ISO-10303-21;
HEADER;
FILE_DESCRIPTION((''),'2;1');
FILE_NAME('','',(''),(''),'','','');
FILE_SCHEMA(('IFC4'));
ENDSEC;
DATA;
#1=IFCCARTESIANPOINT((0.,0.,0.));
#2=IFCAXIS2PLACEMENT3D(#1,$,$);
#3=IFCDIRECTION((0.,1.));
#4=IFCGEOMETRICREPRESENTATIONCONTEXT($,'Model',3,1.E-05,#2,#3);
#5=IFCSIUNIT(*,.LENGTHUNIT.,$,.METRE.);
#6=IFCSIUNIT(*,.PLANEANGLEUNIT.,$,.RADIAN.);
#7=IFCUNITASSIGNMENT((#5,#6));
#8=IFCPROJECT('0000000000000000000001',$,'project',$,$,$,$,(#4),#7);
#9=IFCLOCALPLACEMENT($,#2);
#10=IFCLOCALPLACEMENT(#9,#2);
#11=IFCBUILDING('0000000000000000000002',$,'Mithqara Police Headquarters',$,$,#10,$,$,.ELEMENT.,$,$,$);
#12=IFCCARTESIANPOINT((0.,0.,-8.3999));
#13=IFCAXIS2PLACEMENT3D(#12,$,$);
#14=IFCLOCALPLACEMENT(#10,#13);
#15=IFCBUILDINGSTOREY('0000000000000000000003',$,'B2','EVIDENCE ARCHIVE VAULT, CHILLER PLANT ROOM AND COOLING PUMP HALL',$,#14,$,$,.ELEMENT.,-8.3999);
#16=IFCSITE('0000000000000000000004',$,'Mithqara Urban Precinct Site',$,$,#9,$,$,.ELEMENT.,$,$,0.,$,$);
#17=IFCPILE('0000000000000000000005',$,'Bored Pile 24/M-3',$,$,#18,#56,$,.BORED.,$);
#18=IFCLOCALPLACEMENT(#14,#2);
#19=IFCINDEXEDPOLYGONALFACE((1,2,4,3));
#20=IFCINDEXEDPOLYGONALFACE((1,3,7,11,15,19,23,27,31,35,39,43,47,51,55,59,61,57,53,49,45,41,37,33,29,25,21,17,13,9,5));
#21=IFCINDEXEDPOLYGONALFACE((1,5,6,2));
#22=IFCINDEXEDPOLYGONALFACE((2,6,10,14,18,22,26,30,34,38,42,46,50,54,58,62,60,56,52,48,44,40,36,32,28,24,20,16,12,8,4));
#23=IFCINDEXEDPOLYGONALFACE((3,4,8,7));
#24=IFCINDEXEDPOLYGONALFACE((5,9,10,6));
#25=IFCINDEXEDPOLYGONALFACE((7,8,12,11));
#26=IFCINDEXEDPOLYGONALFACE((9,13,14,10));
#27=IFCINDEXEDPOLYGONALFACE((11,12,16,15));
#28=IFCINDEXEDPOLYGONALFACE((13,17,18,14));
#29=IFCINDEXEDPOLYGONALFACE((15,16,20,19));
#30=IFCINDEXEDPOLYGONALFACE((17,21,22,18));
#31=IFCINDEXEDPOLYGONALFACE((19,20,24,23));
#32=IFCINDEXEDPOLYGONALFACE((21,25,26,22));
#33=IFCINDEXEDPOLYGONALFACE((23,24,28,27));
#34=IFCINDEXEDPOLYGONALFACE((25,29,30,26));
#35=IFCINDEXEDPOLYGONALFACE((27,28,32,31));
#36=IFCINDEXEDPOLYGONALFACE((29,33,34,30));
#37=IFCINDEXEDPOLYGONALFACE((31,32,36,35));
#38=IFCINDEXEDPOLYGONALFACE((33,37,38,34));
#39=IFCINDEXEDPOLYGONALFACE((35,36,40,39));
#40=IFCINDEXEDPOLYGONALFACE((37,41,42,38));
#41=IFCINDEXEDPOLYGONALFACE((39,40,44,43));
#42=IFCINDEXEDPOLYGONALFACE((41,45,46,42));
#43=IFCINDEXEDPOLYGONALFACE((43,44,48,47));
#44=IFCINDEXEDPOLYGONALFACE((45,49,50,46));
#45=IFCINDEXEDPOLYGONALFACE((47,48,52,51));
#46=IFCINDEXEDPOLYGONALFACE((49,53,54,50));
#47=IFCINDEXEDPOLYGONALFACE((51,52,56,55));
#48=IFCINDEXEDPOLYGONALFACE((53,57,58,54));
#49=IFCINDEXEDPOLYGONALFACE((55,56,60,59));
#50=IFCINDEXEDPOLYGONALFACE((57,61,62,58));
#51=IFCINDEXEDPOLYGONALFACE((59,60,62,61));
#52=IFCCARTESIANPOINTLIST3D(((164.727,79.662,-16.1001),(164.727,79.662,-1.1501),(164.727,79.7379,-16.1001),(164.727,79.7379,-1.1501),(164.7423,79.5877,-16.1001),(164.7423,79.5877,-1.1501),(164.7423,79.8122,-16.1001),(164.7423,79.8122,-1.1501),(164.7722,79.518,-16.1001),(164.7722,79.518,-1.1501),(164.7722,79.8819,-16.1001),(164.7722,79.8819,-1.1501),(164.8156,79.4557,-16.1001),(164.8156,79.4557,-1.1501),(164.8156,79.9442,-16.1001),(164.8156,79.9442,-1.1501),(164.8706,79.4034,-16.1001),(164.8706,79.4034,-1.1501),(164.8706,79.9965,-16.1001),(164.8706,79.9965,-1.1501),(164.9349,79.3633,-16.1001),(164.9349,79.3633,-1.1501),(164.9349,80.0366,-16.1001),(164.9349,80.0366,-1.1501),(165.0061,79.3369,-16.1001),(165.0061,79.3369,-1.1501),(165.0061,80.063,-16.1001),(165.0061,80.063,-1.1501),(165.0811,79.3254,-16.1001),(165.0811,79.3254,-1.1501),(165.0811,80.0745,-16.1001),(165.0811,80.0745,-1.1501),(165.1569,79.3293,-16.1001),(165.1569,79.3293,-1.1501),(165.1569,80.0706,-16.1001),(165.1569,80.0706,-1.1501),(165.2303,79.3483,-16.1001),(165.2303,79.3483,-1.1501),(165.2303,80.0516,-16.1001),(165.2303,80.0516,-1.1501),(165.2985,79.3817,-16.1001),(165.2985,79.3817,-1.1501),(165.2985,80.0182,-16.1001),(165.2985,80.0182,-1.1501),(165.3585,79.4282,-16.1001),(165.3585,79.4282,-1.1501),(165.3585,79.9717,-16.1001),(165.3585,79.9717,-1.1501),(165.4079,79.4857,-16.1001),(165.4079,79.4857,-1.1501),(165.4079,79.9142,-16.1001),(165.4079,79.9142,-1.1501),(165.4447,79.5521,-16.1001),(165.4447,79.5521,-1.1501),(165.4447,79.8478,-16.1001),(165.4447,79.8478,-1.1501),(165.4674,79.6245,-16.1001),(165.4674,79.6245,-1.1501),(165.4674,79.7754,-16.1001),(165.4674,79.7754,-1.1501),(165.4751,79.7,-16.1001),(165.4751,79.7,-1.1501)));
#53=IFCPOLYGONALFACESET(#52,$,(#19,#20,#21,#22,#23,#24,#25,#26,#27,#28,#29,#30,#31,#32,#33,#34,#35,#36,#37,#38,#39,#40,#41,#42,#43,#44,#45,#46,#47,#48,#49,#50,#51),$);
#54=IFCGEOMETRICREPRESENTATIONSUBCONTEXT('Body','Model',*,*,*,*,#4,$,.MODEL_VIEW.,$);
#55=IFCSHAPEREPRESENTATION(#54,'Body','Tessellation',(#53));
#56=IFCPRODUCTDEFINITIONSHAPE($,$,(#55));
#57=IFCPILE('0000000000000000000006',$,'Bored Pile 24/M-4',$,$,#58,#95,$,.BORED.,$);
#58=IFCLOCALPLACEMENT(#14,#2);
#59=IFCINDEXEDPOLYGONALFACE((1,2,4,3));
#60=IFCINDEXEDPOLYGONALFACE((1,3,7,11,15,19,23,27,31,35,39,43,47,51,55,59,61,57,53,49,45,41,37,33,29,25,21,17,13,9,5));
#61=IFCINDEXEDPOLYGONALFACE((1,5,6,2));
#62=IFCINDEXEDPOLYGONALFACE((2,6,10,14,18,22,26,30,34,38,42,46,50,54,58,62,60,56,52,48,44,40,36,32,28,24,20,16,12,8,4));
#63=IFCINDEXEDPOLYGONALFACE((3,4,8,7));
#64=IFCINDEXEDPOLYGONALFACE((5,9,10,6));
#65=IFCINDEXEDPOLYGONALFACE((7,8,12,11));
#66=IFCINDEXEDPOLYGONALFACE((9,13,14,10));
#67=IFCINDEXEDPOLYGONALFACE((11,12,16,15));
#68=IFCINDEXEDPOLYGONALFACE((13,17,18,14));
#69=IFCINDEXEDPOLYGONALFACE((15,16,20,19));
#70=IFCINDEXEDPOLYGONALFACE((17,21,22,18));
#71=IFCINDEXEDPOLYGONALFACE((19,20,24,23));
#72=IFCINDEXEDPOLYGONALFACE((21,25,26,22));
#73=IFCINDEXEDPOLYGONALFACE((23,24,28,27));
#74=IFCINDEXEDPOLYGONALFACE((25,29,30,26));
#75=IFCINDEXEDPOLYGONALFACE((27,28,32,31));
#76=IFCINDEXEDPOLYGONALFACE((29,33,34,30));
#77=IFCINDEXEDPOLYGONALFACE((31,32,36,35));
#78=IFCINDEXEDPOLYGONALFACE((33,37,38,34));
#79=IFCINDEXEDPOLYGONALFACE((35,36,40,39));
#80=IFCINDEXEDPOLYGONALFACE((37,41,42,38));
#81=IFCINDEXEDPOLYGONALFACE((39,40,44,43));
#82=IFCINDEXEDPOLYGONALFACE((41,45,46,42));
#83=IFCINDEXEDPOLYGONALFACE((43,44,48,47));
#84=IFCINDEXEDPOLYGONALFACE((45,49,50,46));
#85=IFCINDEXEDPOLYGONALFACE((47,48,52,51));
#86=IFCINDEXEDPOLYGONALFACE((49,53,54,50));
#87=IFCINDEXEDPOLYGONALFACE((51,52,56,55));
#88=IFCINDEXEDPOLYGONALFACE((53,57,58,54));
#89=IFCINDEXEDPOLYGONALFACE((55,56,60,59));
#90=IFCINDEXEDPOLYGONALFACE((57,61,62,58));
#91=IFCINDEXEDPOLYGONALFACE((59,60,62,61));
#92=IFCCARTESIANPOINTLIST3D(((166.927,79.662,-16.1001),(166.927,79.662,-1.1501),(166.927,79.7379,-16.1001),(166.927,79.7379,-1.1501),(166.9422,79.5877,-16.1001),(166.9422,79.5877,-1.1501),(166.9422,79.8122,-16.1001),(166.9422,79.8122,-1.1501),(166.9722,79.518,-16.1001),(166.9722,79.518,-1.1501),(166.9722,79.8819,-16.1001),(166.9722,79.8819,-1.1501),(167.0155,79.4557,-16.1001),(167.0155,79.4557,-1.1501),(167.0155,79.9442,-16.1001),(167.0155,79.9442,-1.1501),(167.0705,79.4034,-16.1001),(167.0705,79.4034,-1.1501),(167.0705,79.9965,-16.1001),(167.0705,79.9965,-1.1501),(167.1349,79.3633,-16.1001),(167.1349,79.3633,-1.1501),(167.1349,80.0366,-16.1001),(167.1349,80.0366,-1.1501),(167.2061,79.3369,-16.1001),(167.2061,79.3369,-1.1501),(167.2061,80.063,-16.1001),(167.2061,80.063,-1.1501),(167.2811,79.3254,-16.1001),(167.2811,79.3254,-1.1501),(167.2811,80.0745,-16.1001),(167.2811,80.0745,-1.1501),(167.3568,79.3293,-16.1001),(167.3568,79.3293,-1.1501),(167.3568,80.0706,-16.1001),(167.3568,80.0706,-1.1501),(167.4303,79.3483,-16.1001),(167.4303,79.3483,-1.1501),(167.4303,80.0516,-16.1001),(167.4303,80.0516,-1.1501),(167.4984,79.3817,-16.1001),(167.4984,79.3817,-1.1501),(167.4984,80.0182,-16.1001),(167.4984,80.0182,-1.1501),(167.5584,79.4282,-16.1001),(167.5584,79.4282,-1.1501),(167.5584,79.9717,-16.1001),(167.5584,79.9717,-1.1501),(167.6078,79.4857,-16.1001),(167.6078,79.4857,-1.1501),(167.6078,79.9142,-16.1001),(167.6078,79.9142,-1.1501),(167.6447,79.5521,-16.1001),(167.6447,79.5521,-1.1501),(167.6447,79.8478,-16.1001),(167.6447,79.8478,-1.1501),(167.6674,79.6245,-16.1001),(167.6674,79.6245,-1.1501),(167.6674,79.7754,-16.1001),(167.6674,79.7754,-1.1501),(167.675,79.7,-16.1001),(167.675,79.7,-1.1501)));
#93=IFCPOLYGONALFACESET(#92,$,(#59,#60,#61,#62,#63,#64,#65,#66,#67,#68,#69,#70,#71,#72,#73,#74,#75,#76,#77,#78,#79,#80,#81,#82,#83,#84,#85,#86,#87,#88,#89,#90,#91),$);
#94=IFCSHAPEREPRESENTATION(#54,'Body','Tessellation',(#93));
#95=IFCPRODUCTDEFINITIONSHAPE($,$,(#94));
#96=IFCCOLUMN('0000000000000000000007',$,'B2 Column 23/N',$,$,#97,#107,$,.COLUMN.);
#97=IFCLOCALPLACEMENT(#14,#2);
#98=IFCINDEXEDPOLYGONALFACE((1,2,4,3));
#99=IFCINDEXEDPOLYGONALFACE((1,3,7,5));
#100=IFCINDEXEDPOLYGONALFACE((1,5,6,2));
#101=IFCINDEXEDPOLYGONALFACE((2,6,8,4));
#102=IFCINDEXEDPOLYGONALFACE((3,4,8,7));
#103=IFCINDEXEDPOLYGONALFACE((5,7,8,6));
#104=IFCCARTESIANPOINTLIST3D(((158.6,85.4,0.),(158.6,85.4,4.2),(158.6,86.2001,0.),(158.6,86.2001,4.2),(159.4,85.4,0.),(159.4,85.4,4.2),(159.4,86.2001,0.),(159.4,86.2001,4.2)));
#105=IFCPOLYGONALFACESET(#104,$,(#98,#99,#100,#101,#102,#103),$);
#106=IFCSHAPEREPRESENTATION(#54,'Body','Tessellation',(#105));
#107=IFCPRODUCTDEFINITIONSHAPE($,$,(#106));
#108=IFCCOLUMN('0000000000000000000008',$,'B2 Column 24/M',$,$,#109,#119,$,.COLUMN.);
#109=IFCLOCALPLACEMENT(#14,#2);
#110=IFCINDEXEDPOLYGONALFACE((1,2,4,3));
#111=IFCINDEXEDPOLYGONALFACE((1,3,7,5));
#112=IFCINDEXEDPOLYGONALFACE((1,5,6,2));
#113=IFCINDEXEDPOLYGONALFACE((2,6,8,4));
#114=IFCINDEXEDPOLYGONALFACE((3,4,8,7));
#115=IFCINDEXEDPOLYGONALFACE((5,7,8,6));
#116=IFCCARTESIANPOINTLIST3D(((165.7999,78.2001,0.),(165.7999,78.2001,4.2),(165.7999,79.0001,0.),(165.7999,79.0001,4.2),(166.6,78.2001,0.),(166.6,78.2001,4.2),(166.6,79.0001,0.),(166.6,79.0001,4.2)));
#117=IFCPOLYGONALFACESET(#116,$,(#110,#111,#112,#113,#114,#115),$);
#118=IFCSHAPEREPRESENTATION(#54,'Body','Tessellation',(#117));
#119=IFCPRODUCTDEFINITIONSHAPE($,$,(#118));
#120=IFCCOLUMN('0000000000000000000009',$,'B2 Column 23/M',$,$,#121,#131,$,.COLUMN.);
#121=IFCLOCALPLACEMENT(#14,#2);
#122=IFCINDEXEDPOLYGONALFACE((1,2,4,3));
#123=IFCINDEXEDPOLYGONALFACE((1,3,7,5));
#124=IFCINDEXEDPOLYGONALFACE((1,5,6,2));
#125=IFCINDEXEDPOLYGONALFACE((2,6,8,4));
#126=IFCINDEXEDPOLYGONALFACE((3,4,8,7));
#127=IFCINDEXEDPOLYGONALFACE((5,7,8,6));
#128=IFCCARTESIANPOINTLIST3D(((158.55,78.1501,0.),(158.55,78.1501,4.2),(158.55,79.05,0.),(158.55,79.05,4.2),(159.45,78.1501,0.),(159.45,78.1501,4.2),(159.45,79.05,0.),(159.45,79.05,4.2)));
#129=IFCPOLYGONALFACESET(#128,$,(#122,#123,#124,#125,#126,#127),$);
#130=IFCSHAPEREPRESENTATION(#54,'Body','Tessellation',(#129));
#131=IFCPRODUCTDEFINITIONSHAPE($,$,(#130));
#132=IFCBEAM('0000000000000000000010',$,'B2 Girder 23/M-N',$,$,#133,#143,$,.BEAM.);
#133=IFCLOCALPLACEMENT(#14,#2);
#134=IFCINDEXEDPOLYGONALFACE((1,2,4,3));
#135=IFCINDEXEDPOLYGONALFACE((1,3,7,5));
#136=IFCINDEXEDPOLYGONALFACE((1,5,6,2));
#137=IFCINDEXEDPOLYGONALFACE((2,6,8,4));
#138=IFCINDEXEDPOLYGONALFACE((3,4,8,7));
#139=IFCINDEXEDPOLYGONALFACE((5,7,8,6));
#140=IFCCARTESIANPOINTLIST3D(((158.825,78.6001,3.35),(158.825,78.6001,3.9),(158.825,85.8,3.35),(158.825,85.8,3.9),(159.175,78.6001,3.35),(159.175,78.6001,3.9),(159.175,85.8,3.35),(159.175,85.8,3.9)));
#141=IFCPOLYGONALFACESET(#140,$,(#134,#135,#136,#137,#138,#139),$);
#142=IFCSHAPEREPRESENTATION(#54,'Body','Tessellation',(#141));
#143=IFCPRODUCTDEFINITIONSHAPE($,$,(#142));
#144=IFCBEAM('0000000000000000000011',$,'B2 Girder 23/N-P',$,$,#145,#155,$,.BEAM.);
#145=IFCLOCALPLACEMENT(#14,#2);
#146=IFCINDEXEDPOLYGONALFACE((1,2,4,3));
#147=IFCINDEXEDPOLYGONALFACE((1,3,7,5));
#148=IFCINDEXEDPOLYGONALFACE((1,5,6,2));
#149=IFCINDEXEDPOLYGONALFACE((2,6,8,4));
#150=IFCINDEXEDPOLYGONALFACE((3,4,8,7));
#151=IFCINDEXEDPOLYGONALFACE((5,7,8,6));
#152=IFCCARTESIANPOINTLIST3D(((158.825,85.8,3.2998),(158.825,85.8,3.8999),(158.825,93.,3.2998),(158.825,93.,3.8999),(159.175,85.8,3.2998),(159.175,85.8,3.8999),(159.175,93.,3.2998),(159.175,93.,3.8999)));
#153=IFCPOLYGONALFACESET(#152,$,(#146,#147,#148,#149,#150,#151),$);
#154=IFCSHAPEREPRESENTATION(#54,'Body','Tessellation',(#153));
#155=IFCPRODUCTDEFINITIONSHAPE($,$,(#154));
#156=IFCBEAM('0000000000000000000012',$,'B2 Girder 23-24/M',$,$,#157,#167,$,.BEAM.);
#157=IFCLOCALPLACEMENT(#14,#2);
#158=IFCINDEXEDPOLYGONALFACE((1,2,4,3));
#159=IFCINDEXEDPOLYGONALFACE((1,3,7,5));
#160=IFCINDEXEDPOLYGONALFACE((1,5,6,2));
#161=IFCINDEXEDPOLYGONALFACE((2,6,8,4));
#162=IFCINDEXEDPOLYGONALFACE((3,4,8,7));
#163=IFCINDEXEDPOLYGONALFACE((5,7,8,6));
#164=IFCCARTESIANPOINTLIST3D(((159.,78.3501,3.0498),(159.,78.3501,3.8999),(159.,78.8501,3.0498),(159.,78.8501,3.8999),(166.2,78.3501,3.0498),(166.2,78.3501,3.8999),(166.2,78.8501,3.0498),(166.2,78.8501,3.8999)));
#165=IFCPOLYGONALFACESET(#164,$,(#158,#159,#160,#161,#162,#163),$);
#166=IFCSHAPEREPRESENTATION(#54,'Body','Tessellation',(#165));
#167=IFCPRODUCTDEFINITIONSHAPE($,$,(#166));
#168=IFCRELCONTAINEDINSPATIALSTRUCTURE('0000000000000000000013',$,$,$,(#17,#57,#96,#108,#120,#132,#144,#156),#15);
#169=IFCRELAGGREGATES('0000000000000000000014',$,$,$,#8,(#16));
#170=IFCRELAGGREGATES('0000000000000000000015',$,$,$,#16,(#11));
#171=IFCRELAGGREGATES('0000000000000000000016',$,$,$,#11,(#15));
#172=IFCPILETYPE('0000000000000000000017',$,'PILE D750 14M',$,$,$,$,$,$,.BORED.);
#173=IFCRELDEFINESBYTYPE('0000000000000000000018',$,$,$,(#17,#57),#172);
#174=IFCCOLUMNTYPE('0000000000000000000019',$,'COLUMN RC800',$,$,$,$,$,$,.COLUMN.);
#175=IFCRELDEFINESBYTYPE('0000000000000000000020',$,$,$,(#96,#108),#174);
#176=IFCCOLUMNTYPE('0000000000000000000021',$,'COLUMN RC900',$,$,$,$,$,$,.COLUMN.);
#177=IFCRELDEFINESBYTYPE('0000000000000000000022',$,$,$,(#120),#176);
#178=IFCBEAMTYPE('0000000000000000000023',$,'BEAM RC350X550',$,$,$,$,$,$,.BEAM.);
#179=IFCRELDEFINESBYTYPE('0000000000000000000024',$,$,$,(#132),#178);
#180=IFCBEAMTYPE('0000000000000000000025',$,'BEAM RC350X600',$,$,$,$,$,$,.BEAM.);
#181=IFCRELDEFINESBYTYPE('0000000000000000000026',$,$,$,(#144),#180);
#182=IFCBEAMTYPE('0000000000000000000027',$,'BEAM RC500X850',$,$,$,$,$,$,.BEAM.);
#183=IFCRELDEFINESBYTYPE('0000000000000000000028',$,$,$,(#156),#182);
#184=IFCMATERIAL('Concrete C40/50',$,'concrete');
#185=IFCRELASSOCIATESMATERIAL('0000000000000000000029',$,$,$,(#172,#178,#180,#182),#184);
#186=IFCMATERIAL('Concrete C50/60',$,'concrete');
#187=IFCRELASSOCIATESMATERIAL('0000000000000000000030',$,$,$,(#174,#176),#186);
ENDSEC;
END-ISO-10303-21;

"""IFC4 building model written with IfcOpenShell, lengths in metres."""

from ifc_helpers import new_model, si_unit, direction, frame, origin, origin_2d, place, context, subcontext, project, spatial, rectangle, circle, extrude, material, material_profile, profile_set, type_object, element, save


model = new_model("IFC4")

# Units and contexts
model_context = context("Model", 3, precision=1e-05, world=origin(), true_north=direction((0.0, 1.0)))
body_context = subcontext(model_context, "Body", "Model", "MODEL_VIEW")
ifc_project = project(units=[si_unit("LENGTHUNIT", "METRE"), si_unit("PLANEANGLEUNIT", "RADIAN")], contexts=[model_context])

# Site, building, storey
site_placement = place(None, origin())
site = spatial("IfcSite", under=ifc_project, at=site_placement, Name="Mithqara Urban Precinct Site", CompositionType="ELEMENT", RefElevation=0.0)
building_placement = place(site_placement, origin())
building = spatial("IfcBuilding", under=site, at=building_placement, Name="Mithqara Police Headquarters", CompositionType="ELEMENT")
storey_placement = place(building_placement, frame((0.0, 0.0, -8.3999)))
storey = spatial("IfcBuildingStorey", under=building, at=storey_placement, Name="B2", Description="EVIDENCE ARCHIVE VAULT, CHILLER PLANT ROOM AND COOLING PUMP HALL", CompositionType="ELEMENT", Elevation=-8.3999)

# Shared definitions
ifc_material_1 = material(Name="Concrete C40/50", Category="concrete")

# Piles
ifc_material_profile_1 = material_profile(ifc_material_1, circle(Radius=0.375, at=origin_2d()), Name="PILE D750")
ifc_profile_set_1 = profile_set([ifc_material_profile_1], Name="Concrete C40/50")
pile_type_1 = type_object("IfcPileType", Name="PILE D750 14M", PredefinedType="BORED", material=ifc_profile_set_1)
for number, where, z_axis, x_axis, name in (
    (1, (165.1001, 79.7, -1.1501), (0.0, 0.0, -1.0), (1.0, 0.0, 0.0), "Bored Pile 24/M-3"),
    (2, (167.3, 79.7, -1.1501), (0.0, 0.0, -1.0), (1.0, 0.0, 0.0), "Bored Pile 24/M-4"),
):
    element("IfcPile", number, at=place(storey_placement, frame(where, z_axis=z_axis, x_axis=x_axis)), inside=storey, type_object=pile_type_1, Name=name, PredefinedType="BORED", context=body_context, shape_type="SweptSolid", body=[
        extrude(circle(Radius=0.375, at=origin_2d()), origin(), (0.0, 0.0, 1.0), 14.95),
    ])

# Columns
ifc_material_2 = material(Name="Concrete C50/60", Category="concrete")
ifc_material_profile_2 = material_profile(ifc_material_2, rectangle(XDim=0.8, YDim=0.8, at=origin_2d()), Name="RC 800x800")
ifc_profile_set_2 = profile_set([ifc_material_profile_2], Name="Concrete C50/60")
column_type_1 = type_object("IfcColumnType", Name="COLUMN RC800", PredefinedType="COLUMN", material=ifc_profile_set_2)
for number, where, z_axis, x_axis, name in (
    (3, (159.0, 85.8, 0.0), (0.0, 0.0, 1.0), (1.0, 0.0, 0.0), "B2 Column 23/N"),
    (4, (166.2, 78.6001, 0.0), (0.0, 0.0, 1.0), (1.0, 0.0, 0.0), "B2 Column 24/M"),
):
    element("IfcColumn", number, at=place(storey_placement, frame(where, z_axis=z_axis, x_axis=x_axis)), inside=storey, type_object=column_type_1, Name=name, PredefinedType="COLUMN", context=body_context, shape_type="SweptSolid", body=[
        extrude(rectangle(XDim=0.8, YDim=0.8, at=origin_2d()), origin(), (0.0, 0.0, 1.0), 4.2),
    ])
ifc_material_profile_3 = material_profile(ifc_material_2, rectangle(XDim=0.8999, YDim=0.8999, at=origin_2d()), Name="RC 900x900")
ifc_profile_set_3 = profile_set([ifc_material_profile_3], Name="Concrete C50/60")
column_type_2 = type_object("IfcColumnType", Name="COLUMN RC900", PredefinedType="COLUMN", material=ifc_profile_set_3)
column_placement = place(storey_placement, frame((159.0, 78.6001, 0.0), z_axis=(0.0, 0.0, 1.0), x_axis=(1.0, 0.0, 0.0)))
element("IfcColumn", 5, at=column_placement, inside=storey, type_object=column_type_2, Name="B2 Column 23/M", PredefinedType="COLUMN", context=body_context, shape_type="SweptSolid", body=[
    extrude(rectangle(XDim=0.8999, YDim=0.8999, at=origin_2d()), origin(), (0.0, 0.0, 1.0), 4.2),
])

# Beams
ifc_material_profile_4 = material_profile(ifc_material_1, rectangle(XDim=0.3501, YDim=0.55, at=origin_2d()), Name="RC 350x550")
ifc_profile_set_4 = profile_set([ifc_material_profile_4], Name="Concrete C40/50")
beam_type_1 = type_object("IfcBeamType", Name="BEAM RC350X550", PredefinedType="BEAM", material=ifc_profile_set_4)
beam_1_placement = place(storey_placement, frame((159.0, 78.6001, 3.625), z_axis=(0.0, 1.0, 0.0), x_axis=(-1.0, 0.0, 0.0)))
element("IfcBeam", 6, at=beam_1_placement, inside=storey, type_object=beam_type_1, Name="B2 Girder 23/M-N", PredefinedType="BEAM", context=body_context, shape_type="SweptSolid", body=[
    extrude(rectangle(XDim=0.3501, YDim=0.55, at=origin_2d()), origin(), (0.0, 0.0, 1.0), 7.2),
])
ifc_material_profile_5 = material_profile(ifc_material_1, rectangle(XDim=0.3501, YDim=0.6001, at=origin_2d()), Name="RC 350x600")
ifc_profile_set_5 = profile_set([ifc_material_profile_5], Name="Concrete C40/50")
beam_type_2 = type_object("IfcBeamType", Name="BEAM RC350X600", PredefinedType="BEAM", material=ifc_profile_set_5)
beam_2_placement = place(storey_placement, frame((159.0, 85.8, 3.5999), z_axis=(0.0, 1.0, 0.0), x_axis=(-1.0, 0.0, 0.0)))
element("IfcBeam", 7, at=beam_2_placement, inside=storey, type_object=beam_type_2, Name="B2 Girder 23/N-P", PredefinedType="BEAM", context=body_context, shape_type="SweptSolid", body=[
    extrude(rectangle(XDim=0.3501, YDim=0.6001, at=origin_2d()), origin(), (0.0, 0.0, 1.0), 7.2),
])
ifc_material_profile_6 = material_profile(ifc_material_1, rectangle(XDim=0.5, YDim=0.8501, at=origin_2d()), Name="RC 500x850")
ifc_profile_set_6 = profile_set([ifc_material_profile_6], Name="Concrete C40/50")
beam_type_3 = type_object("IfcBeamType", Name="BEAM RC500X850", PredefinedType="BEAM", material=ifc_profile_set_6)
beam_3_placement = place(storey_placement, frame((159.0, 78.6001, 3.4749), z_axis=(1.0, 0.0, 0.0), x_axis=(0.0, 1.0, 0.0)))
element("IfcBeam", 8, at=beam_3_placement, inside=storey, type_object=beam_type_3, Name="B2 Girder 23-24/M", PredefinedType="BEAM", context=body_context, shape_type="SweptSolid", body=[
    extrude(rectangle(XDim=0.5, YDim=0.8501, at=origin_2d()), origin(), (0.0, 0.0, 1.0), 7.2),
])

save(model, "model.ifc")
